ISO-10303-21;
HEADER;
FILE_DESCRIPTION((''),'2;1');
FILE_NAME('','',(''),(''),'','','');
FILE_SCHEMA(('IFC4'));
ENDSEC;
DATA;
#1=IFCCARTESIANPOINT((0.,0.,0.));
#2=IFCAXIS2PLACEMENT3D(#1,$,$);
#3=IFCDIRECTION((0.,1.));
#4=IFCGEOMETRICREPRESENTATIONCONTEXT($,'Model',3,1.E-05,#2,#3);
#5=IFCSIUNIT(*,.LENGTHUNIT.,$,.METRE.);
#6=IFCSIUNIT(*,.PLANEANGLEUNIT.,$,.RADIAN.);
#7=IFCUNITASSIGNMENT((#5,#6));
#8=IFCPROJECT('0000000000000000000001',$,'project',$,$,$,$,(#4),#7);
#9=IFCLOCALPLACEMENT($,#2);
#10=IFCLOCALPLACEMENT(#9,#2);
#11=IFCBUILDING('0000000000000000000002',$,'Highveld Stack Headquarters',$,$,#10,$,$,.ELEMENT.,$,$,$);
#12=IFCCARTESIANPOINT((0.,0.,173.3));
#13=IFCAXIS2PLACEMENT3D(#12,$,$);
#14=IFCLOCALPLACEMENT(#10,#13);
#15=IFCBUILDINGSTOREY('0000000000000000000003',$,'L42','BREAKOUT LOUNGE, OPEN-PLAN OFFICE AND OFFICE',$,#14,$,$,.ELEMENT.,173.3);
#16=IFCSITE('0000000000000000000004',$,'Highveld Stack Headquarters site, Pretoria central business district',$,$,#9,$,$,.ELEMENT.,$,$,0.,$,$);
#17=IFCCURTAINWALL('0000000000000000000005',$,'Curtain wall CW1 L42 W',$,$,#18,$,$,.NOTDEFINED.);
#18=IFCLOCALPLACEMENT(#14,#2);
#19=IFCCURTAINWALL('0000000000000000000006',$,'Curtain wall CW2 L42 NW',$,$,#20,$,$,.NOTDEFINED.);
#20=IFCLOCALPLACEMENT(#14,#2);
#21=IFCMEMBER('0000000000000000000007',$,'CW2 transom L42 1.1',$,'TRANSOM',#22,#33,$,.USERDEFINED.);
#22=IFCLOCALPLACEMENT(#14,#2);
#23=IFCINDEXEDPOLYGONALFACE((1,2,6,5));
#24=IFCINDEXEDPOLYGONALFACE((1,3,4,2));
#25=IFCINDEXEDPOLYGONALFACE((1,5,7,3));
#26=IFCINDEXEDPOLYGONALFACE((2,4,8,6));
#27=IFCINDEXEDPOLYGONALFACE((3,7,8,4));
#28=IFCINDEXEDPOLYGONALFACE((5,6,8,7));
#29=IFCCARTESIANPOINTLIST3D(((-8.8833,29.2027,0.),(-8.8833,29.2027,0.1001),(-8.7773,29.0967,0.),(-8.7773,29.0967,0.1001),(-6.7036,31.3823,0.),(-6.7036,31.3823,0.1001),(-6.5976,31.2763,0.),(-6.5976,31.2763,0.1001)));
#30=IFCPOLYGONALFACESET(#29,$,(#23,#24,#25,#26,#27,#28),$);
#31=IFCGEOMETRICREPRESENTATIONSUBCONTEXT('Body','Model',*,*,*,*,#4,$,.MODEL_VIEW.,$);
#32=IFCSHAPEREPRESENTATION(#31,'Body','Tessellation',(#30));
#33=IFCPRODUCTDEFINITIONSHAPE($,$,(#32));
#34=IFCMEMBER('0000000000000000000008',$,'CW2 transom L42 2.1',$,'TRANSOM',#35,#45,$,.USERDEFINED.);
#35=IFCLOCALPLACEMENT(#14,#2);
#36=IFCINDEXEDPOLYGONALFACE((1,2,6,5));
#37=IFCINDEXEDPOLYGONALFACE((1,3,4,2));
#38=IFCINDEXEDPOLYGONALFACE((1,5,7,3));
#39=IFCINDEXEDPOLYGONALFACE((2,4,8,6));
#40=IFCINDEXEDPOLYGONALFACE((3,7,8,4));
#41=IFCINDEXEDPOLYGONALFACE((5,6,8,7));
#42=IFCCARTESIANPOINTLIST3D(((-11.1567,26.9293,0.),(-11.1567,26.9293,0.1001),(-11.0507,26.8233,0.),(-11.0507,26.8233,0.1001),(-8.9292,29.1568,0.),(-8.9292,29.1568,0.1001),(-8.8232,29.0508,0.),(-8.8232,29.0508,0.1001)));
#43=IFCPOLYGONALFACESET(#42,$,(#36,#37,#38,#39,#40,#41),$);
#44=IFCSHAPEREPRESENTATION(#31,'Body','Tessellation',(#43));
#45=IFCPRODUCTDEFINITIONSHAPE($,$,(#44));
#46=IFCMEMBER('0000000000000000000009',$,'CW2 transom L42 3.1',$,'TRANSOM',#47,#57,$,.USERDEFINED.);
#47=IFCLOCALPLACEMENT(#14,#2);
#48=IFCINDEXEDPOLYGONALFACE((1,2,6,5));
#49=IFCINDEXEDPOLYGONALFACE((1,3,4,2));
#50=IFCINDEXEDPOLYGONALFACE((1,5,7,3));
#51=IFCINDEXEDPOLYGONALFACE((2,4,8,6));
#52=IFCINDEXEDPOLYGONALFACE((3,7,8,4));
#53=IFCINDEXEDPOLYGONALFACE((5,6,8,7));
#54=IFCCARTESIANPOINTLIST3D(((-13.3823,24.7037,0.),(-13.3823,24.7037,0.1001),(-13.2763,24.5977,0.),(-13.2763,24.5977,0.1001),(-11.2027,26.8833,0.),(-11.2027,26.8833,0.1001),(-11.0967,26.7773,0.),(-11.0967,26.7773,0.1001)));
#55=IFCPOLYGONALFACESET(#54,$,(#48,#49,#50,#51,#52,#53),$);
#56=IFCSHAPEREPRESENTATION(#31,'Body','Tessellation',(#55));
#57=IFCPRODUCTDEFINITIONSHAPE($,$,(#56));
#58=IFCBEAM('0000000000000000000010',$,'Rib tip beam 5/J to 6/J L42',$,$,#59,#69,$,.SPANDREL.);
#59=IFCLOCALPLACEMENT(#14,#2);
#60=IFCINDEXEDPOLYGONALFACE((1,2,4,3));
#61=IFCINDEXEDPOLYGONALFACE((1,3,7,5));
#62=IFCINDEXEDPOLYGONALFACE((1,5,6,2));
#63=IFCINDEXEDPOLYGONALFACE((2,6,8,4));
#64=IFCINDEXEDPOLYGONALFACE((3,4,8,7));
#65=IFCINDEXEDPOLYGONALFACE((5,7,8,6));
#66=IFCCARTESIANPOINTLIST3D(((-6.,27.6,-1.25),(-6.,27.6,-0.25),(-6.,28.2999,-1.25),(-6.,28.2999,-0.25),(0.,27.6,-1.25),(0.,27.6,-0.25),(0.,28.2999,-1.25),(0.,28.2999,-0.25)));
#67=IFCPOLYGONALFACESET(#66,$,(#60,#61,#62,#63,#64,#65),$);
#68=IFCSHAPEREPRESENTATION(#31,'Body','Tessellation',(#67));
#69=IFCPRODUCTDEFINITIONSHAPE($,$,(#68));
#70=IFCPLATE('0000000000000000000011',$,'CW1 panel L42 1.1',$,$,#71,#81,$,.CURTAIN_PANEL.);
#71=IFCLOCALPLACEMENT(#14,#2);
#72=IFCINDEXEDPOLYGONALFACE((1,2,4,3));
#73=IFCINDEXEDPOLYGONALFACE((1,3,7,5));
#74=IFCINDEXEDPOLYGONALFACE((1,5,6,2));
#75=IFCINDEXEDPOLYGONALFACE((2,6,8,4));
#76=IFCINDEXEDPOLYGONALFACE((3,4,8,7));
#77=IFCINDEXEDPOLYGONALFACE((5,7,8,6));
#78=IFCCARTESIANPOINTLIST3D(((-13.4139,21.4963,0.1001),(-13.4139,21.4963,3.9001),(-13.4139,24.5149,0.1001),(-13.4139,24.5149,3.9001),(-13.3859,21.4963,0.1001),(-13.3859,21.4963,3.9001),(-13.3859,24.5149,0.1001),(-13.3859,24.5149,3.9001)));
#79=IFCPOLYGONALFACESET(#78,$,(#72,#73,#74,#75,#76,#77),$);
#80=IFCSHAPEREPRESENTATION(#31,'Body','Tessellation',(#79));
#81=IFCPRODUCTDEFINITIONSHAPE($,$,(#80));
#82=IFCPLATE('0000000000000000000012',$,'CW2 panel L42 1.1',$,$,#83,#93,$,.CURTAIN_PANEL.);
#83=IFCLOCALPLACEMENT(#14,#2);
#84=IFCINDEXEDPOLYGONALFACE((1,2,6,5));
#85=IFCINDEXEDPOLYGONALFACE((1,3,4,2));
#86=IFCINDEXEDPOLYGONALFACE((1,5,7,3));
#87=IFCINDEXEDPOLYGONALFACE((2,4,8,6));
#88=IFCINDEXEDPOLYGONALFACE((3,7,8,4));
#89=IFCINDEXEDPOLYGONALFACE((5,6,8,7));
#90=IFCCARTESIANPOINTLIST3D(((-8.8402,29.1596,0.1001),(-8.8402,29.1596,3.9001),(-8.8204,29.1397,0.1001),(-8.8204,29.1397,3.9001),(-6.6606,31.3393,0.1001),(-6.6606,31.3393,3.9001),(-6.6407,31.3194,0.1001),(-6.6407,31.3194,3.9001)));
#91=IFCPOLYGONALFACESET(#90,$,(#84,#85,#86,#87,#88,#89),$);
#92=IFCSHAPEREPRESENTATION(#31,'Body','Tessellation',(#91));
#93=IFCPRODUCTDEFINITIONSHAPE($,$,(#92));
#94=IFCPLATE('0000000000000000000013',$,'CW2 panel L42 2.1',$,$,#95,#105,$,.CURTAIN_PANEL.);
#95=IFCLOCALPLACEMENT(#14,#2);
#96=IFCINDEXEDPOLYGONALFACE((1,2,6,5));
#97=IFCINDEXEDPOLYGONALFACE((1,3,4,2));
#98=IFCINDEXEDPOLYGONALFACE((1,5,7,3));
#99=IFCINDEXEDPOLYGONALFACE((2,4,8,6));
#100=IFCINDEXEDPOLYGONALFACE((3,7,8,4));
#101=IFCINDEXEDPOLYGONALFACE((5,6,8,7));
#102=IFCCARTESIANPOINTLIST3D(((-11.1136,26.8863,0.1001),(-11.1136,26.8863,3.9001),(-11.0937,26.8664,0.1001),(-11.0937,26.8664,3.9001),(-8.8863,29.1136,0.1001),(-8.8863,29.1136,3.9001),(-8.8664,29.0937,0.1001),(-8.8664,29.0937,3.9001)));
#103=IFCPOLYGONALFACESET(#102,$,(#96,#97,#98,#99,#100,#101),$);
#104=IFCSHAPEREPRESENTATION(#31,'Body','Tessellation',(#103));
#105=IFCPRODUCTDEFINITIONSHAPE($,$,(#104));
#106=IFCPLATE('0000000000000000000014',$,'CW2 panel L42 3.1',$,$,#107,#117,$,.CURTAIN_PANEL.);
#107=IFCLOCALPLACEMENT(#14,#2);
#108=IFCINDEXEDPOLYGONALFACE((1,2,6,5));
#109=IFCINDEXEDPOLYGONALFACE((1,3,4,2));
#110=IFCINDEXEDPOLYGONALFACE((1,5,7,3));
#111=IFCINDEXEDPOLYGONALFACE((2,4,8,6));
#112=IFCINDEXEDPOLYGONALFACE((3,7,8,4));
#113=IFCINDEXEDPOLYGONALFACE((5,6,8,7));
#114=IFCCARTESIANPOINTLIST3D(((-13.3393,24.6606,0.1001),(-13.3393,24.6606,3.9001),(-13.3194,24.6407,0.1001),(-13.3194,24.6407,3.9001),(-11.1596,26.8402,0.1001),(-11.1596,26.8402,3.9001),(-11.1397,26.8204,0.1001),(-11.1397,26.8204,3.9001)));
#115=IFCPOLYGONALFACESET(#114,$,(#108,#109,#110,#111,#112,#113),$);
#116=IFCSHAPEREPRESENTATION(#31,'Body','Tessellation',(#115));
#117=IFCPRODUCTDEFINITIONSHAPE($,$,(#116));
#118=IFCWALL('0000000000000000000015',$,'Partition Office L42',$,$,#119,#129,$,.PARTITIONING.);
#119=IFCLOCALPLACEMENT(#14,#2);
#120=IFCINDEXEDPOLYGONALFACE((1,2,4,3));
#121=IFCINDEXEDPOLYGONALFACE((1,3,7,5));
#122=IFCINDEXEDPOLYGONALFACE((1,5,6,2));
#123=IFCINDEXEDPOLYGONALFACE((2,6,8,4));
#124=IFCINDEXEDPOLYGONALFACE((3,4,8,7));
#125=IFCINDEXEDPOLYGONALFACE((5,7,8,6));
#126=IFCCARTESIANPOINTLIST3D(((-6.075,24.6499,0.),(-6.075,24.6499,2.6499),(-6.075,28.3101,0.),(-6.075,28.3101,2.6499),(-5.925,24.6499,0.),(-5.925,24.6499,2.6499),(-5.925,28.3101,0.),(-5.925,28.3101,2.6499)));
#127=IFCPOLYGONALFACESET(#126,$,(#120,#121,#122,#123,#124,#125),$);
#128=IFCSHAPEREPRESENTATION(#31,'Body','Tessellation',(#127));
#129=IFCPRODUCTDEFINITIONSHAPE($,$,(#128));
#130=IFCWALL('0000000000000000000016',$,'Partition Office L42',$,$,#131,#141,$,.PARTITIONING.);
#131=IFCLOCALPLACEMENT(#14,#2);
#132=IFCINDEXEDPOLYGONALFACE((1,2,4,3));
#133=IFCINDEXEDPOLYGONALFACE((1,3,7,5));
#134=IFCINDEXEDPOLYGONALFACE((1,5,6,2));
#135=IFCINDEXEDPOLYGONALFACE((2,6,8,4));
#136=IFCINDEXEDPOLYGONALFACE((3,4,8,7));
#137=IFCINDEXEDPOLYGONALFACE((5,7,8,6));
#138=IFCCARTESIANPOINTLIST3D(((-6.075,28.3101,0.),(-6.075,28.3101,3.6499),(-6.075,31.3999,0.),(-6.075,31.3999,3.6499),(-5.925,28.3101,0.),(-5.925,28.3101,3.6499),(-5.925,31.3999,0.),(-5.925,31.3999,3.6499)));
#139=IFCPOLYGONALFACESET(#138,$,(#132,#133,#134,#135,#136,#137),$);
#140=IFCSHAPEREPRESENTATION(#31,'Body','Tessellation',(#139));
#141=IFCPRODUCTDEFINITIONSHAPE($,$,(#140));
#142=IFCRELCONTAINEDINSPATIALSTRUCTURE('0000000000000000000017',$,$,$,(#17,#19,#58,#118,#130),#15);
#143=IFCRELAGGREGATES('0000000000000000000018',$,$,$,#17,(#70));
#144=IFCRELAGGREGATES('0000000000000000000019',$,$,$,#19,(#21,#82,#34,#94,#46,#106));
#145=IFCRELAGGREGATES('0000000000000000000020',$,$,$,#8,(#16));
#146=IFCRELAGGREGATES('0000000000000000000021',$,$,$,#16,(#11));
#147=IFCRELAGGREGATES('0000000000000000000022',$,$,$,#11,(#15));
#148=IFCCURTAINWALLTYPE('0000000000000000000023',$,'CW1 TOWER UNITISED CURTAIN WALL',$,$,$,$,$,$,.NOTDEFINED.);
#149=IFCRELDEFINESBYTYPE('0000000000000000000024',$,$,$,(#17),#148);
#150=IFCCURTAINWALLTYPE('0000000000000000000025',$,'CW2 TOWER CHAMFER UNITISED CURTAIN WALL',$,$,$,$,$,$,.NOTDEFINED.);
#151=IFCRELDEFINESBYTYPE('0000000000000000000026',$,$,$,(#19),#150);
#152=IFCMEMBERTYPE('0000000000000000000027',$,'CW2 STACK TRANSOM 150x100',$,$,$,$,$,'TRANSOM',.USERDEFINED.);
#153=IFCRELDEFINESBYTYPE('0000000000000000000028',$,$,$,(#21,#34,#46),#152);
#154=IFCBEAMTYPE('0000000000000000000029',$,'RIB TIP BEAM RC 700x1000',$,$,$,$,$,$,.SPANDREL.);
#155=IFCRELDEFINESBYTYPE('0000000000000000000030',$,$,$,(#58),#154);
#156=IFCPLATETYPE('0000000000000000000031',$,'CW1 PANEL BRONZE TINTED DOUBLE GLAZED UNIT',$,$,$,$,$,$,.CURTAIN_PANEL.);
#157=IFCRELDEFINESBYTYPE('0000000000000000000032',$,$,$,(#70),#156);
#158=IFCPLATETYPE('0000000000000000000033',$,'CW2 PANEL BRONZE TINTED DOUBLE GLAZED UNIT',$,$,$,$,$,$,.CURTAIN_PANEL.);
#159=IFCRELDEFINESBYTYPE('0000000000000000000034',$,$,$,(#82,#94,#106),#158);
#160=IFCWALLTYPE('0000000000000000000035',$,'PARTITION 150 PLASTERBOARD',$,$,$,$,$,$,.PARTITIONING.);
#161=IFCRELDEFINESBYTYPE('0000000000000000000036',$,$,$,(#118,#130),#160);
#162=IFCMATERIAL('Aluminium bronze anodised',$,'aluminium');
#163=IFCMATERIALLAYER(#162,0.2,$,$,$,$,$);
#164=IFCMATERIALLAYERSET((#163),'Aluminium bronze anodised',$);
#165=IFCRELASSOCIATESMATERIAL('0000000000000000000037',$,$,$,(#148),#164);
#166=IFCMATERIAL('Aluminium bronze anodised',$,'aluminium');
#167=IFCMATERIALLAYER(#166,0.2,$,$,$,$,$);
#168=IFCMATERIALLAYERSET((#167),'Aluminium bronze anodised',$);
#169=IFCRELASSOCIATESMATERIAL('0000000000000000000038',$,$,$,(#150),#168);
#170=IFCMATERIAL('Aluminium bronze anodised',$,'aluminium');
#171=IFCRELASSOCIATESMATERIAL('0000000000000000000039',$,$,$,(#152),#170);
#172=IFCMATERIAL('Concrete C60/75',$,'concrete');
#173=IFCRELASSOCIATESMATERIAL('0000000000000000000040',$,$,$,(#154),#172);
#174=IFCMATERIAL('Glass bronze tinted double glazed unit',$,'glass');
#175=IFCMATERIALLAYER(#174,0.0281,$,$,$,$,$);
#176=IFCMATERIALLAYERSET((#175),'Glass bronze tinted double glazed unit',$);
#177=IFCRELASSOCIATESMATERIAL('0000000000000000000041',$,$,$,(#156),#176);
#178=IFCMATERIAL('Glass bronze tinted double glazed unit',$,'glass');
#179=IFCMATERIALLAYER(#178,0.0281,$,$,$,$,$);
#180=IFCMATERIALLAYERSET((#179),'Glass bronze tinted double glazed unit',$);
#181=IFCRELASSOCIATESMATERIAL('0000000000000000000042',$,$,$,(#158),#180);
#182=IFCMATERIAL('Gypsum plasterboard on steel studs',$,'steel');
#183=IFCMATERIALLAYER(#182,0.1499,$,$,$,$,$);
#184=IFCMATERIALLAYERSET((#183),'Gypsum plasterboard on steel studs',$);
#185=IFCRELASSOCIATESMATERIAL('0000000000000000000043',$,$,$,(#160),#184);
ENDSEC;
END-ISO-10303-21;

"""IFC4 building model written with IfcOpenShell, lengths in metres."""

from ifc_helpers import new_model, si_unit, direction, frame, frame_2d, origin, origin_2d, place, context, subcontext, project, spatial, rectangle, extrude, material, layer, layer_set, material_profile, profile_set, type_object, element, aggregate, save


model = new_model("IFC4")

# Units and contexts
model_context = context("Model", 3, precision=1e-05, world=origin(), true_north=direction((0.0, 1.0)))
body_context = subcontext(model_context, "Body", "Model", "MODEL_VIEW")
ifc_project = project(units=[si_unit("LENGTHUNIT", "METRE"), si_unit("PLANEANGLEUNIT", "RADIAN")], contexts=[model_context])

# Site, building, storey
site_placement = place(None, origin())
site = spatial("IfcSite", under=ifc_project, at=site_placement, Name="Highveld Stack Headquarters site, Pretoria central business district", CompositionType="ELEMENT", RefElevation=0.0)
building_placement = place(site_placement, origin())
building = spatial("IfcBuilding", under=site, at=building_placement, Name="Highveld Stack Headquarters", CompositionType="ELEMENT")
storey_placement = place(building_placement, frame((0.0, 0.0, 173.3)))
storey = spatial("IfcBuildingStorey", under=building, at=storey_placement, Name="L42", Description="BREAKOUT LOUNGE, OPEN-PLAN OFFICE AND OFFICE", CompositionType="ELEMENT", Elevation=173.3)

# Curtain wall
ifc_material_1 = material(Name="Aluminium bronze anodised", Category="aluminium")
ifc_layer_1 = layer(ifc_material_1, 0.2)
ifc_layer_set_1 = layer_set([ifc_layer_1], Name="Aluminium bronze anodised")
curtain_wall_type_1 = type_object("IfcCurtainWallType", Name="CW1 TOWER UNITISED CURTAIN WALL", PredefinedType="NOTDEFINED", material=ifc_layer_set_1)
curtain_wall_1_placement = place(storey_placement, origin())
curtain_wall_1 = element("IfcCurtainWall", 1, at=curtain_wall_1_placement, inside=storey, type_object=curtain_wall_type_1, Name="Curtain wall CW1 L42 W", PredefinedType="NOTDEFINED")

# Curtain wall, members
ifc_material_2 = material(Name="Aluminium bronze anodised", Category="aluminium")
ifc_layer_2 = layer(ifc_material_2, 0.2)
ifc_layer_set_2 = layer_set([ifc_layer_2], Name="Aluminium bronze anodised")
curtain_wall_type_2 = type_object("IfcCurtainWallType", Name="CW2 TOWER CHAMFER UNITISED CURTAIN WALL", PredefinedType="NOTDEFINED", material=ifc_layer_set_2)
curtain_wall_2_placement = place(storey_placement, origin())
curtain_wall_2 = element("IfcCurtainWall", 2, at=curtain_wall_2_placement, inside=storey, type_object=curtain_wall_type_2, Name="Curtain wall CW2 L42 NW", PredefinedType="NOTDEFINED")
ifc_material_3 = material(Name="Aluminium bronze anodised", Category="aluminium")
ifc_material_profile_1 = material_profile(ifc_material_3, rectangle(XDim=0.1499, YDim=0.1001, at=origin_2d()), Name="CW2 TRANSOM 150x100")
ifc_profile_set_1 = profile_set([ifc_material_profile_1], Name="Aluminium bronze anodised")
member_type_1 = type_object("IfcMemberType", Name="CW2 STACK TRANSOM 150x100", ElementType="TRANSOM", PredefinedType="USERDEFINED", material=ifc_profile_set_1)
member_1_placement = place(storey_placement, frame((-6.6506, 31.3293, 0.05), z_axis=(-0.707107, -0.707107, 0.0), x_axis=(0.707107, -0.707107, 0.0)))
member_1 = element("IfcMember", 3, at=member_1_placement, type_object=member_type_1, Name="CW2 transom L42 1.1", ObjectType="TRANSOM", PredefinedType="USERDEFINED", context=body_context, shape_type="SweptSolid", body=[
    extrude(rectangle(XDim=0.1499, YDim=0.1001, at=origin_2d()), origin(), (0.0, 0.0, 1.0), 3.0825),
])
member_2_placement = place(storey_placement, frame((-8.8762, 29.1038, 0.05), z_axis=(-0.707107, -0.707107, 0.0), x_axis=(0.707107, -0.707107, 0.0)))
member_2 = element("IfcMember", 4, at=member_2_placement, type_object=member_type_1, Name="CW2 transom L42 2.1", ObjectType="TRANSOM", PredefinedType="USERDEFINED", context=body_context, shape_type="SweptSolid", body=[
    extrude(rectangle(XDim=0.1499, YDim=0.1001, at=origin_2d()), origin(), (0.0, 0.0, 1.0), 3.1501),
])
member_3_placement = place(storey_placement, frame((-11.1497, 26.8303, 0.05), z_axis=(-0.707107, -0.707107, 0.0), x_axis=(0.707107, -0.707107, 0.0)))
member_3 = element("IfcMember", 5, at=member_3_placement, type_object=member_type_1, Name="CW2 transom L42 3.1", ObjectType="TRANSOM", PredefinedType="USERDEFINED", context=body_context, shape_type="SweptSolid", body=[
    extrude(rectangle(XDim=0.1499, YDim=0.1001, at=origin_2d()), origin(), (0.0, 0.0, 1.0), 3.0825),
])

# Beam
ifc_material_4 = material(Name="Concrete C60/75", Category="concrete")
ifc_material_profile_2 = material_profile(ifc_material_4, rectangle(XDim=0.7, YDim=1.0, at=origin_2d()), Name="RC 700x1000")
ifc_profile_set_2 = profile_set([ifc_material_profile_2], Name="Concrete C60/75")
beam_type_1 = type_object("IfcBeamType", Name="RIB TIP BEAM RC 700x1000", PredefinedType="SPANDREL", material=ifc_profile_set_2)
beam_1_placement = place(storey_placement, frame((-6.0, 27.95, -0.75), z_axis=(1.0, 0.0, 0.0), x_axis=(0.0, 1.0, 0.0)))
element("IfcBeam", 6, at=beam_1_placement, inside=storey, type_object=beam_type_1, Name="Rib tip beam 5/J to 6/J L42", PredefinedType="SPANDREL", context=body_context, shape_type="SweptSolid", body=[
    extrude(rectangle(XDim=0.7, YDim=1.0, at=origin_2d()), origin(), (0.0, 0.0, 1.0), 6.0),
])

# Plates
ifc_material_5 = material(Name="Glass bronze tinted double glazed unit", Category="glass")
ifc_layer_3 = layer(ifc_material_5, 0.0281)
ifc_layer_set_3 = layer_set([ifc_layer_3], Name="Glass bronze tinted double glazed unit")
plate_type_1 = type_object("IfcPlateType", Name="CW1 PANEL BRONZE TINTED DOUBLE GLAZED UNIT", PredefinedType="CURTAIN_PANEL", material=ifc_layer_set_3)
plate_1_placement = place(storey_placement, frame((-13.3999, 23.0056, 0.1001), z_axis=(0.0, 0.0, 1.0), x_axis=(0.0, -1.0, 0.0)))
plate_1 = element("IfcPlate", 7, at=plate_1_placement, type_object=plate_type_1, Name="CW1 panel L42 1.1", PredefinedType="CURTAIN_PANEL", context=body_context, shape_type="SweptSolid", body=[
    extrude(rectangle(XDim=3.0186, YDim=0.0281, at=origin_2d()), origin(), (0.0, 0.0, 1.0), 3.8),
])
aggregate(curtain_wall_1, [plate_1])
ifc_material_6 = material(Name="Glass bronze tinted double glazed unit", Category="glass")
ifc_layer_4 = layer(ifc_material_6, 0.0281)
ifc_layer_set_4 = layer_set([ifc_layer_4], Name="Glass bronze tinted double glazed unit")
plate_type_2 = type_object("IfcPlateType", Name="CW2 PANEL BRONZE TINTED DOUBLE GLAZED UNIT", PredefinedType="CURTAIN_PANEL", material=ifc_layer_set_4)
plate_2_placement = place(storey_placement, frame((-7.7405, 30.2395, 0.1001), z_axis=(0.0, 0.0, 1.0), x_axis=(-0.707107, -0.707107, 0.0)))
plate_2 = element("IfcPlate", 8, at=plate_2_placement, type_object=plate_type_2, Name="CW2 panel L42 1.1", PredefinedType="CURTAIN_PANEL", context=body_context, shape_type="SweptSolid", body=[
    extrude(rectangle(XDim=3.0825, YDim=0.0281, at=origin_2d()), origin(), (0.0, 0.0, 1.0), 3.8),
])
plate_3_placement = place(storey_placement, frame((-9.99, 27.99, 0.1001), z_axis=(0.0, 0.0, 1.0), x_axis=(-0.707107, -0.707107, 0.0)))
plate_3 = element("IfcPlate", 9, at=plate_3_placement, type_object=plate_type_2, Name="CW2 panel L42 2.1", PredefinedType="CURTAIN_PANEL", context=body_context, shape_type="SweptSolid", body=[
    extrude(rectangle(XDim=3.1499, YDim=0.0281, at=origin_2d()), origin(), (0.0, 0.0, 1.0), 3.8),
])
plate_4_placement = place(storey_placement, frame((-12.2395, 25.7405, 0.1001), z_axis=(0.0, 0.0, 1.0), x_axis=(-0.707107, -0.707107, 0.0)))
plate_4 = element("IfcPlate", 10, at=plate_4_placement, type_object=plate_type_2, Name="CW2 panel L42 3.1", PredefinedType="CURTAIN_PANEL", context=body_context, shape_type="SweptSolid", body=[
    extrude(rectangle(XDim=3.0825, YDim=0.0281, at=origin_2d()), origin(), (0.0, 0.0, 1.0), 3.8),
])
aggregate(curtain_wall_2, [member_1, plate_2, member_2, plate_3, member_3, plate_4])

# Walls
ifc_material_7 = material(Name="Gypsum plasterboard on steel studs", Category="steel")
ifc_layer_5 = layer(ifc_material_7, 0.1499)
ifc_layer_set_5 = layer_set([ifc_layer_5], Name="Gypsum plasterboard on steel studs")
wall_type = type_object("IfcWallType", Name="PARTITION 150 PLASTERBOARD", PredefinedType="PARTITIONING", material=ifc_layer_set_5)
wall_1_placement = place(storey_placement, frame((-6.0, 24.6499, 0.0), z_axis=(0.0, 0.0, 1.0), x_axis=(0.0, 1.0, 0.0)))
element("IfcWall", 11, at=wall_1_placement, inside=storey, type_object=wall_type, Name="Partition Office L42", PredefinedType="PARTITIONING", context=body_context, shape_type="SweptSolid", body=[
    extrude(rectangle(XDim=3.6602, YDim=0.1499, at=frame_2d((1.8301, 0.0))), origin(), (0.0, 0.0, 1.0), 2.6499),
])
wall_2_placement = place(storey_placement, frame((-6.0, 28.3101, 0.0), z_axis=(0.0, 0.0, 1.0), x_axis=(0.0, 1.0, 0.0)))
element("IfcWall", 12, at=wall_2_placement, inside=storey, type_object=wall_type, Name="Partition Office L42", PredefinedType="PARTITIONING", context=body_context, shape_type="SweptSolid", body=[
    extrude(rectangle(XDim=3.0898, YDim=0.1499, at=frame_2d((1.5449, 0.0))), origin(), (0.0, 0.0, 1.0), 3.6499),
])

save(model, "model.ifc")
